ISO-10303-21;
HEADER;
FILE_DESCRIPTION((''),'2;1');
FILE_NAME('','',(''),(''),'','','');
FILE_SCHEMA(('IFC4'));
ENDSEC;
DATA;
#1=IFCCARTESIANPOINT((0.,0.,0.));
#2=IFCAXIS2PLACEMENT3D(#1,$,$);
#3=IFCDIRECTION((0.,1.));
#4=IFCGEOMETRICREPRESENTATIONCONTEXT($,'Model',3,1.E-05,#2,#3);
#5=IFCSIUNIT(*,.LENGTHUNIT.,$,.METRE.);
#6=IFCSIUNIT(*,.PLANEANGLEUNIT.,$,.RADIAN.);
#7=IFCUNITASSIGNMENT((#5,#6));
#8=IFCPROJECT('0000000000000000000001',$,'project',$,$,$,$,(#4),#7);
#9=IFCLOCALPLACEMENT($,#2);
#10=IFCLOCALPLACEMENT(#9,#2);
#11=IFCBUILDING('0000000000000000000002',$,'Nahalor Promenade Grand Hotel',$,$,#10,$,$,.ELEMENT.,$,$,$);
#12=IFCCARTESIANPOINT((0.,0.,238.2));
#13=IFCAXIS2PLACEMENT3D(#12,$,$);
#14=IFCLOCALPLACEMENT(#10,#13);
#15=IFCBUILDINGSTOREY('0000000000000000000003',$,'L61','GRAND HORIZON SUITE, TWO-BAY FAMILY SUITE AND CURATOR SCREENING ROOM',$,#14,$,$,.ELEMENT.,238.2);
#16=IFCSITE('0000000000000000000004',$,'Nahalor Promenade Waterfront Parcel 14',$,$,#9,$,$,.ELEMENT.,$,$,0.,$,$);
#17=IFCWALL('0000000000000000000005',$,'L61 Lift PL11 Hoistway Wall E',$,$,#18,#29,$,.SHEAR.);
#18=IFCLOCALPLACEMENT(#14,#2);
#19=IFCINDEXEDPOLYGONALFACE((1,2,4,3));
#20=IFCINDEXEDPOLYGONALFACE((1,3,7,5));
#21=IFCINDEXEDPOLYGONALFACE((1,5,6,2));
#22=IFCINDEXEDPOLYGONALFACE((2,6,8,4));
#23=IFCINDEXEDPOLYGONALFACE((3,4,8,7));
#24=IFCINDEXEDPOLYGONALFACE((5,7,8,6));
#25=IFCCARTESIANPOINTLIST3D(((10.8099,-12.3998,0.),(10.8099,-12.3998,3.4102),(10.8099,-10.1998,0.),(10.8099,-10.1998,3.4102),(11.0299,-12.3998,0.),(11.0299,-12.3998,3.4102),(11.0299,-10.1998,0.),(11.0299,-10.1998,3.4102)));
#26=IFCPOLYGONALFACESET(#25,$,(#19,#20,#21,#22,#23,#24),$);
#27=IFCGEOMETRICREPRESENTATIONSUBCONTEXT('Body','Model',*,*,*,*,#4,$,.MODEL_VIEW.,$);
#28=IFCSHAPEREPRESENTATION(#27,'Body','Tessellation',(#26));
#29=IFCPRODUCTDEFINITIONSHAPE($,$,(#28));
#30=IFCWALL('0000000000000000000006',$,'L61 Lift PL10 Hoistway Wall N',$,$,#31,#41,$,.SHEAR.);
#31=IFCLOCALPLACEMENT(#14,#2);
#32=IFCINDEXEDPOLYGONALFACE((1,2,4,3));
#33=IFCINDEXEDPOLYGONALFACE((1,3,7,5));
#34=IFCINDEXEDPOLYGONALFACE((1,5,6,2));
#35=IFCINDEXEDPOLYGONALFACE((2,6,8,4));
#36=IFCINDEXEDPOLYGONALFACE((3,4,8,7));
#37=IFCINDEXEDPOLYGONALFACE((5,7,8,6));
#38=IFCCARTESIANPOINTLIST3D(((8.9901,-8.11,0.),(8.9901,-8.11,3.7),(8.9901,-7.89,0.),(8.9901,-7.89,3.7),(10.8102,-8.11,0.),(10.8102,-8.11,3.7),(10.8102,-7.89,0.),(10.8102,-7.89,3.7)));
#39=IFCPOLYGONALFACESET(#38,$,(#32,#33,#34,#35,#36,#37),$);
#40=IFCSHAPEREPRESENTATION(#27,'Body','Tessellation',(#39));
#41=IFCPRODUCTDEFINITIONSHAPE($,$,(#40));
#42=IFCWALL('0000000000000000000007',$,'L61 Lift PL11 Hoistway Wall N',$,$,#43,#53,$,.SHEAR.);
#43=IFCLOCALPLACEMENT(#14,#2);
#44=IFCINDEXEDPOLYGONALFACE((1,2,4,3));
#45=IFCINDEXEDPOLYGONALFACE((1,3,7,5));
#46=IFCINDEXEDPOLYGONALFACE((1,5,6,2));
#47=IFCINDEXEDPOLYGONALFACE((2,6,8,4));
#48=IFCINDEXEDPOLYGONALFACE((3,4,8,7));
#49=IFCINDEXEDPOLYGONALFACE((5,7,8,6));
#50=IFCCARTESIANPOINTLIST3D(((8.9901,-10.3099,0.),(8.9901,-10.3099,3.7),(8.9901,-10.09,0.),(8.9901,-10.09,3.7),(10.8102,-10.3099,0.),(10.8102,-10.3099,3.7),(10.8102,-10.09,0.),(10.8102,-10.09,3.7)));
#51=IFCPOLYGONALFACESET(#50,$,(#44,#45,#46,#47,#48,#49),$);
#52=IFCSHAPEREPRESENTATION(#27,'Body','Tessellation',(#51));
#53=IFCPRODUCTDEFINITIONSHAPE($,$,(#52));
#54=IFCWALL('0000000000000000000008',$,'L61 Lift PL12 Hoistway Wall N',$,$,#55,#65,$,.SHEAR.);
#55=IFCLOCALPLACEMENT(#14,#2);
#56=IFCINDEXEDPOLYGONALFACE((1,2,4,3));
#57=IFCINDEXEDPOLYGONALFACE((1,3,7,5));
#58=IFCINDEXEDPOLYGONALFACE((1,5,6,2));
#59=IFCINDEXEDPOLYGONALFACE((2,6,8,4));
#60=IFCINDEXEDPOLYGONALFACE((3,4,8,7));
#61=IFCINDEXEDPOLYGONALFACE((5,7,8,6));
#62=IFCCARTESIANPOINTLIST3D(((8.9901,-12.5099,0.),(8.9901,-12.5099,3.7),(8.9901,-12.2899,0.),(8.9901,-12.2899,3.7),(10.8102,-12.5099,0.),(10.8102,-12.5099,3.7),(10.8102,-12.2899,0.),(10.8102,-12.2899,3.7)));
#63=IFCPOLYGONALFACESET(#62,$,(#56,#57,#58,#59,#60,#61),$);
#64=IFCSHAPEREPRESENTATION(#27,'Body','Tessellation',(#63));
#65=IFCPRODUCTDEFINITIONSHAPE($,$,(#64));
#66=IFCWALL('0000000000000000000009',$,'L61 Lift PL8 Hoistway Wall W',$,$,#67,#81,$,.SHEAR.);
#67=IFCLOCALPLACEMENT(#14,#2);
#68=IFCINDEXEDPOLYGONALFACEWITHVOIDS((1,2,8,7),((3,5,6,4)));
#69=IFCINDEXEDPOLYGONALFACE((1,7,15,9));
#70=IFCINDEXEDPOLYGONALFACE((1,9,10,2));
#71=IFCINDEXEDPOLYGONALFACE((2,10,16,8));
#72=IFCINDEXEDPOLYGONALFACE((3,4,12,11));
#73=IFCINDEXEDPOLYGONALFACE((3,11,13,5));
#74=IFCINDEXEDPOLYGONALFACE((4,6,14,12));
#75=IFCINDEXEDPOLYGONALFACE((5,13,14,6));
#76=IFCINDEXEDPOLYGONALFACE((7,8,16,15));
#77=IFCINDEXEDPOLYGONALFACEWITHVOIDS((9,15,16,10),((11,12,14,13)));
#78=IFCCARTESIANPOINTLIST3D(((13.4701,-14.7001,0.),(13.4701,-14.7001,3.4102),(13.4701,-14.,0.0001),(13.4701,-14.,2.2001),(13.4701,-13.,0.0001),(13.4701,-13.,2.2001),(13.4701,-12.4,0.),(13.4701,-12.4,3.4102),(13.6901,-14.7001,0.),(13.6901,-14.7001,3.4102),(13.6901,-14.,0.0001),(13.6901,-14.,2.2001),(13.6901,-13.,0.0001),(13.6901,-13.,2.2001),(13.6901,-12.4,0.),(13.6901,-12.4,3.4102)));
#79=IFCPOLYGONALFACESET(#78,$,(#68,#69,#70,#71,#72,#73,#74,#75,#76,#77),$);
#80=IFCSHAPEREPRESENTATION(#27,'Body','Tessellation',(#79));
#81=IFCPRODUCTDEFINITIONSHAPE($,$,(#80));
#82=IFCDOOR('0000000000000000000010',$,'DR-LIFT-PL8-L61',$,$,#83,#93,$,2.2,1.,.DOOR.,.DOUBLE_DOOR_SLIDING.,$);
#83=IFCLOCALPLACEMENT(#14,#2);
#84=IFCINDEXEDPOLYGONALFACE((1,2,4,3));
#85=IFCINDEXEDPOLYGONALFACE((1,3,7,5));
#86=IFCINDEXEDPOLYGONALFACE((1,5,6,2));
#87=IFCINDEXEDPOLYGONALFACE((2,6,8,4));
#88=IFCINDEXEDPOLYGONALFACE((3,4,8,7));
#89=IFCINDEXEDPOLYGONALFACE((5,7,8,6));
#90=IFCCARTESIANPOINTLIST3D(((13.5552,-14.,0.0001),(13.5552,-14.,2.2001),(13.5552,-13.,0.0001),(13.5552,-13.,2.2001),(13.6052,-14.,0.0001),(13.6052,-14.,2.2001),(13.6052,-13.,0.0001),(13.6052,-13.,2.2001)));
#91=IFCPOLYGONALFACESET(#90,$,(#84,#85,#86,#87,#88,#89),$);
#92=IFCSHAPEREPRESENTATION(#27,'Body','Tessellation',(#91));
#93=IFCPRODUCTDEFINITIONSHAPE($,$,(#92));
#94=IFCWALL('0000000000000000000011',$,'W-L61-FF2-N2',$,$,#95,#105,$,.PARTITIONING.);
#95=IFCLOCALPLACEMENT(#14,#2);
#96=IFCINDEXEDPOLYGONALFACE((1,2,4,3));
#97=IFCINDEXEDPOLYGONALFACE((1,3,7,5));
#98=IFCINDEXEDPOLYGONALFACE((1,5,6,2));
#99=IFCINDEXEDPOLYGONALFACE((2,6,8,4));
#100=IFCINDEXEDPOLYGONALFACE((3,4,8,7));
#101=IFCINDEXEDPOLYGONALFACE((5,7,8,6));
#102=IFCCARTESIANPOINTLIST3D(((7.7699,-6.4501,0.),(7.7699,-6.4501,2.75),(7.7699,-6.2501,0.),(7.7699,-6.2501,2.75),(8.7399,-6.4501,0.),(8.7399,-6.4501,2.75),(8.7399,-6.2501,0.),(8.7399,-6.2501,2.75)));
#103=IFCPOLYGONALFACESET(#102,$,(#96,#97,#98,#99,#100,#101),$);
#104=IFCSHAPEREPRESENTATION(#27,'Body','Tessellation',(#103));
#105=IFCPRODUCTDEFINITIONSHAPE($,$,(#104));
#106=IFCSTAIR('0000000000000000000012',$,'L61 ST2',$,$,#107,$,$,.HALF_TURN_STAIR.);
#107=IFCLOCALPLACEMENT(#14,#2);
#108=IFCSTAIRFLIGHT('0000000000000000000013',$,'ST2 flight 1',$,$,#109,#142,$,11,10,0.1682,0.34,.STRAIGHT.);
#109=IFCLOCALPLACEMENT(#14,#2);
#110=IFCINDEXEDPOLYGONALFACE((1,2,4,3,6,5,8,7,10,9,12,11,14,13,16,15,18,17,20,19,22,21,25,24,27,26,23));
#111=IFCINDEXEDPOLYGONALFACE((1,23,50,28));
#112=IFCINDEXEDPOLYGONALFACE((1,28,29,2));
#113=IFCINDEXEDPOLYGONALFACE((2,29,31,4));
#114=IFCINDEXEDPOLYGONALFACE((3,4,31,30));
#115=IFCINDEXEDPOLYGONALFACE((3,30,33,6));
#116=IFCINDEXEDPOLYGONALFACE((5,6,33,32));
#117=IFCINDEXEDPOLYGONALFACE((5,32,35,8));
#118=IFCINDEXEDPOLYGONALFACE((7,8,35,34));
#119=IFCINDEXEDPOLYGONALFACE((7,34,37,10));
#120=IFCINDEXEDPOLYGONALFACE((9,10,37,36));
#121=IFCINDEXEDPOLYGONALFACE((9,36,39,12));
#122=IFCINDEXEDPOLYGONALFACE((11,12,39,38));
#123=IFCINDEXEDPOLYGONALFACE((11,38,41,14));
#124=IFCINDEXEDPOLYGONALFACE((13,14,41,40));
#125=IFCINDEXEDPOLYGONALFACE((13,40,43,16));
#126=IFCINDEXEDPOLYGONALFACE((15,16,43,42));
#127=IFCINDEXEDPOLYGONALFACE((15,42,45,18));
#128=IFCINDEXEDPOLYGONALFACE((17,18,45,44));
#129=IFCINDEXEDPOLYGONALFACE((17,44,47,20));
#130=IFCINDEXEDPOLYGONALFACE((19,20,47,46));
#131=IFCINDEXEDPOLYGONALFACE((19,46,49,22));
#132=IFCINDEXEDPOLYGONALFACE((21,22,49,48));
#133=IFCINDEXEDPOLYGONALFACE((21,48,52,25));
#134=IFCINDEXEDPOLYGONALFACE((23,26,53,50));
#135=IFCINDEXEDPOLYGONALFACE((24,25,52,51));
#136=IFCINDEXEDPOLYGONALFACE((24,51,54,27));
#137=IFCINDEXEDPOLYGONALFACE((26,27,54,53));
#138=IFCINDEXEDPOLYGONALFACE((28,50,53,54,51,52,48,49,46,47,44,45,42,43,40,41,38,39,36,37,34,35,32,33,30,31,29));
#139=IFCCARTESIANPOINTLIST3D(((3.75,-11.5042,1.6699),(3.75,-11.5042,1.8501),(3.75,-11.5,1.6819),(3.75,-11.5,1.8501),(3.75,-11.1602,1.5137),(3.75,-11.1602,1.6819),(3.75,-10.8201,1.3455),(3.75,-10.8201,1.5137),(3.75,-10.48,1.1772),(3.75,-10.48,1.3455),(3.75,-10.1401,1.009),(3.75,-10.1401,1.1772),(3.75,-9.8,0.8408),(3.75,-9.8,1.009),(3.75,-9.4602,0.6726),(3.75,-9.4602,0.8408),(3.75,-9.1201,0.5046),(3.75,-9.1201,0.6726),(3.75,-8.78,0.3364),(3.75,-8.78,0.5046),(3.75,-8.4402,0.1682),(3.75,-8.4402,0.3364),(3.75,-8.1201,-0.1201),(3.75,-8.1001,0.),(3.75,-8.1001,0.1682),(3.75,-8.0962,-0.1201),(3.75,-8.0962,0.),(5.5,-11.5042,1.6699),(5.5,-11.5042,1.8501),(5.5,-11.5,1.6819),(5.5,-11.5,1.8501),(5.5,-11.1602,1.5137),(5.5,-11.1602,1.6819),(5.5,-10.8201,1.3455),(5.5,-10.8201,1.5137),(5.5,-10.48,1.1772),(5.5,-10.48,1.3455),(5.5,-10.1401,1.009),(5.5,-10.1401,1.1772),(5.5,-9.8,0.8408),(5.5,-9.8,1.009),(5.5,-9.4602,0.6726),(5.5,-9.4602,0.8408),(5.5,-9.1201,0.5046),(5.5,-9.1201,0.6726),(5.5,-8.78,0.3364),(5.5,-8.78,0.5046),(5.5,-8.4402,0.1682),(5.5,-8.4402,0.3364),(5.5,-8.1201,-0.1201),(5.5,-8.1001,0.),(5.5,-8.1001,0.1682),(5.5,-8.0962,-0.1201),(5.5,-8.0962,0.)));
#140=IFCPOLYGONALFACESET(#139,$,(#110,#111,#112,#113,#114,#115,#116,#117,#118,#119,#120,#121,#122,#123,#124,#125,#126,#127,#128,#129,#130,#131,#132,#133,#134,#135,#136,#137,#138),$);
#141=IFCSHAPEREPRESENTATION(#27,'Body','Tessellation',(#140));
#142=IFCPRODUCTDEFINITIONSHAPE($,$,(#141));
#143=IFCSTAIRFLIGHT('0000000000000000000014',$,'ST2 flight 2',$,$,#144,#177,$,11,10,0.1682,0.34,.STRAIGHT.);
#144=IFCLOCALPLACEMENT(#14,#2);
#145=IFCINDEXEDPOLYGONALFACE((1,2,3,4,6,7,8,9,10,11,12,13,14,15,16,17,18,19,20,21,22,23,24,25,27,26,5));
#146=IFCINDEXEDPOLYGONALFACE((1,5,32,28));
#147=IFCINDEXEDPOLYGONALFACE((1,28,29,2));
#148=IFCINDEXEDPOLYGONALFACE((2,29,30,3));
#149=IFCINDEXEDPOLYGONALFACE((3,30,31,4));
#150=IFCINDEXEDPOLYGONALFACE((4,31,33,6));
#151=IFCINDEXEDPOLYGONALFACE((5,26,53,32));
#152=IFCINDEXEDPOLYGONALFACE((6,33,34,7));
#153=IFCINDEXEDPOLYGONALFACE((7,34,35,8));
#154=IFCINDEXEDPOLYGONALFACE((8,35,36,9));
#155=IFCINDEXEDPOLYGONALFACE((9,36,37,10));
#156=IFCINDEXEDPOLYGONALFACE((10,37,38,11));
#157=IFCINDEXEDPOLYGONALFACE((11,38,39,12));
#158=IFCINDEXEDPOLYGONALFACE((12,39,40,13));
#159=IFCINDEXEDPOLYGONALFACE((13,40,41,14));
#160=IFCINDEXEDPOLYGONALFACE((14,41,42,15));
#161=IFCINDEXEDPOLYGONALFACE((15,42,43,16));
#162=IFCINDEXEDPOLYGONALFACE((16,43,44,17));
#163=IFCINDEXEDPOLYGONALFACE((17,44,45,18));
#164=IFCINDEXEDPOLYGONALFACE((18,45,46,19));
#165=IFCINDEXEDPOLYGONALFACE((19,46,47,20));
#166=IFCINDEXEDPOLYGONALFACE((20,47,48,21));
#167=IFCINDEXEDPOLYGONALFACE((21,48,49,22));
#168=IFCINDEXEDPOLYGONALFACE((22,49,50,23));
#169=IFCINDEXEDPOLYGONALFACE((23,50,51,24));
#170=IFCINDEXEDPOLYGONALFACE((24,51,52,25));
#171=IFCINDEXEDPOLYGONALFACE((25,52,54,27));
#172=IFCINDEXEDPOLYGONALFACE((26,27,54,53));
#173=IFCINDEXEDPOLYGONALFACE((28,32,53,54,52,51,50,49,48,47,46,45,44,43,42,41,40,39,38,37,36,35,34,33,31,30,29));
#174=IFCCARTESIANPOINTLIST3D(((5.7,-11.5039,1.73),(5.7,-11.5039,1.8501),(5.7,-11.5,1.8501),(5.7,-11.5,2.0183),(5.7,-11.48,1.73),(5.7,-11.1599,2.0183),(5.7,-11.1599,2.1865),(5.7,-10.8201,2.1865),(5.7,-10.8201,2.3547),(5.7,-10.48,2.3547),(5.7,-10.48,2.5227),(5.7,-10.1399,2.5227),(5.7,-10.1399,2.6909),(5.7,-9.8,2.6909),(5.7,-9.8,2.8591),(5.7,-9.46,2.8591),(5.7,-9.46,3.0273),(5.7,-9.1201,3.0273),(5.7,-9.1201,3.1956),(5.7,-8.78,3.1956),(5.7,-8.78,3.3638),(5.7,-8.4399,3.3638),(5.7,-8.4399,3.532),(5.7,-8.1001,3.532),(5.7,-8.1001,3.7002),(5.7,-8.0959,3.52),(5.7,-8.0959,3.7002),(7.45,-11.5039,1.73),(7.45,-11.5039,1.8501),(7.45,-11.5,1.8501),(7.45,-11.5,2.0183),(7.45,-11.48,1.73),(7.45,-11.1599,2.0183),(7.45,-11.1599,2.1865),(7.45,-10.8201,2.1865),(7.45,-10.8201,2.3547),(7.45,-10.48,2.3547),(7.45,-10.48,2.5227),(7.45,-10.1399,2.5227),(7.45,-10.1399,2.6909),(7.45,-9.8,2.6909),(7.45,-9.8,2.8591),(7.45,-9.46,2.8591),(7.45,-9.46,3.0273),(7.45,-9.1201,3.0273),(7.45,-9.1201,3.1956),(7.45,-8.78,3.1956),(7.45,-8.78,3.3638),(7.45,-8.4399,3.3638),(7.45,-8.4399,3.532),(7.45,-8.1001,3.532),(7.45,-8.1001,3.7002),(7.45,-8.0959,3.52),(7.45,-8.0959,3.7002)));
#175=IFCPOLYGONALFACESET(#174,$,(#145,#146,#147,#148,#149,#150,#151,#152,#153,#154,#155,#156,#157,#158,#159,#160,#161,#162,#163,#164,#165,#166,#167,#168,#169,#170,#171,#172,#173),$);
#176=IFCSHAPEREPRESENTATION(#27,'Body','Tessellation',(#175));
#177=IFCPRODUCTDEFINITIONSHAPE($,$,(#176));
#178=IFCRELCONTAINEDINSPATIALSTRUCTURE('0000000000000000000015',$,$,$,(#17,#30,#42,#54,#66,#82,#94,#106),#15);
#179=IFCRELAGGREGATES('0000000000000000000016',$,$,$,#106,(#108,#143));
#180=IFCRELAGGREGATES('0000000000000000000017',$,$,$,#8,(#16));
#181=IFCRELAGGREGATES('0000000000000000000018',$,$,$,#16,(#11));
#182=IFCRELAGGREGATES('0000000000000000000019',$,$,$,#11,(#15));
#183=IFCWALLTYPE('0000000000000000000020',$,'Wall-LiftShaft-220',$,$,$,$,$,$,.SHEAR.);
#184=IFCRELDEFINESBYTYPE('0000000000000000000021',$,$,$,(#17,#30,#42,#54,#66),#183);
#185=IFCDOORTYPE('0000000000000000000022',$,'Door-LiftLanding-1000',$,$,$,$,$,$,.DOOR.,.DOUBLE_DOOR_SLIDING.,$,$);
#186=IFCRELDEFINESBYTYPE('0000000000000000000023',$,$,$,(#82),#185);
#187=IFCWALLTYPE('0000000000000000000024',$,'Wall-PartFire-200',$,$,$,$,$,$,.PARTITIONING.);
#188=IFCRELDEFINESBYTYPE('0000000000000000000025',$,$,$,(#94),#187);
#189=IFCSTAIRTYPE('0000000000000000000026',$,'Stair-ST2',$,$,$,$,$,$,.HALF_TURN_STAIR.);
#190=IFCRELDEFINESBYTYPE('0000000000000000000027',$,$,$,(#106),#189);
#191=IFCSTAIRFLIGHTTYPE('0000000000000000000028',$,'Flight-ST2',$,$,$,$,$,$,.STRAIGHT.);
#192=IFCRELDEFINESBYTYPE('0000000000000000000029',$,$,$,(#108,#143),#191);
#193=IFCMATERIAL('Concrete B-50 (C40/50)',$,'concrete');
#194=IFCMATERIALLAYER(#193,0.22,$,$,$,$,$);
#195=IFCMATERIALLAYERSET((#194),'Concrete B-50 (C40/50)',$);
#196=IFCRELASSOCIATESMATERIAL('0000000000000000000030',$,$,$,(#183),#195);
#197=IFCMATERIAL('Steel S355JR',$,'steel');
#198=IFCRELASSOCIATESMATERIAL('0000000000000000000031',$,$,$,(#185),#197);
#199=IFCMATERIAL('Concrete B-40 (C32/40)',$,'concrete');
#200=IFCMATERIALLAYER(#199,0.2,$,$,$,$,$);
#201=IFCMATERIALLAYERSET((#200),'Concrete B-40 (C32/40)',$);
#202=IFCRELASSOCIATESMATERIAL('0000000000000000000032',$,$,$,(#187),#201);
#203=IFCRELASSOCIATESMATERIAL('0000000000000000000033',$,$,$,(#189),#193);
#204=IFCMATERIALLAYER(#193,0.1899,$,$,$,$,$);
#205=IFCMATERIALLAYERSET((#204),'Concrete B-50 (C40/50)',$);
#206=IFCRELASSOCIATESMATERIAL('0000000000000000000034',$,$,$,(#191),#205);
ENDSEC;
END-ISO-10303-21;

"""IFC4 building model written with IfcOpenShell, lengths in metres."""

from ifc_helpers import new_model, si_unit, direction, frame, frame_2d, origin, place, context, subcontext, project, spatial, polyline, rectangle, outline, extrude, source, transform, mapped, material, layer, layer_set, type_object, element, fill, aggregate, save


model = new_model("IFC4")

# Units and contexts
model_context = context("Model", 3, precision=1e-05, world=origin(), true_north=direction((0.0, 1.0)))
body_context = subcontext(model_context, "Body", "Model", "MODEL_VIEW")
ifc_project = project(units=[si_unit("LENGTHUNIT", "METRE"), si_unit("PLANEANGLEUNIT", "RADIAN")], contexts=[model_context])

# Site, building, storey
site_placement = place(None, origin())
site = spatial("IfcSite", under=ifc_project, at=site_placement, Name="Nahalor Promenade Waterfront Parcel 14", CompositionType="ELEMENT", RefElevation=0.0)
building_placement = place(site_placement, origin())
building = spatial("IfcBuilding", under=site, at=building_placement, Name="Nahalor Promenade Grand Hotel", CompositionType="ELEMENT")
storey_placement = place(building_placement, frame((0.0, 0.0, 238.2)))
storey = spatial("IfcBuildingStorey", under=building, at=storey_placement, Name="L61", Description="GRAND HORIZON SUITE, TWO-BAY FAMILY SUITE AND CURATOR SCREENING ROOM", CompositionType="ELEMENT", Elevation=238.2)

# Shared definitions
ifc_material_1 = material(Name="Steel S355JR", Category="steel")

# Shared definitions
ifc_material_2 = material(Name="Concrete B-50 (C40/50)", Category="concrete")
ifc_layer_1 = layer(ifc_material_2, 0.22)
ifc_layer_set_1 = layer_set([ifc_layer_1], Name="Concrete B-50 (C40/50)")
wall_type_1 = type_object("IfcWallType", Name="Wall-LiftShaft-220", PredefinedType="SHEAR", material=ifc_layer_set_1)

# Shared definitions
shared_shape_1 = source(origin(), body_context, "Body", "SweptSolid", [
    extrude(rectangle(XDim=2.2, YDim=0.22, at=frame_2d((1.1001, 0.0))), origin(), (0.0, 0.0, 1.0), 3.4102),
])
door_type = type_object("IfcDoorType", Name="Door-LiftLanding-1000", OperationType="DOUBLE_DOOR_SLIDING", PredefinedType="DOOR", material=ifc_material_1)
shared_shape_2 = source(origin(), body_context, "Body", "SweptSolid", [
    extrude(rectangle(XDim=1.0, YDim=2.2, at=frame_2d((0.5, 1.1001))), frame((0.0, 0.0249, 0.0), z_axis=(0.0, -1.0, 0.0), x_axis=(1.0, 0.0, 0.0)), (0.0, 0.0, 1.0), 0.05),
])

# Walls
for number, where, z_axis, x_axis, name in (
    (1, (10.9199, -12.3999, 0.0), (0.0, 0.0, 1.0), (0.0, 1.0, 0.0), "L61 Lift PL11 Hoistway Wall E"),
):
    element("IfcWall", number, at=place(storey_placement, frame(where, z_axis=z_axis, x_axis=x_axis)), inside=storey, type_object=wall_type_1, Name=name, PredefinedType="SHEAR", context=body_context, shape_type="MappedRepresentation", body=[
        mapped(shared_shape_1, transform((0.0, 0.0, 0.0), scale=1.0)),
    ])
shared_shape_3 = source(origin(), body_context, "Body", "SweptSolid", [
    extrude(rectangle(XDim=1.8201, YDim=0.22, at=frame_2d((0.9102, 0.0))), origin(), (0.0, 0.0, 1.0), 3.7),
])
for number, where, z_axis, x_axis, name in (
    (2, (8.99, -8.0, 0.0), (0.0, 0.0, 1.0), (1.0, 0.0, 0.0), "L61 Lift PL10 Hoistway Wall N"),
    (3, (8.99, -10.2, 0.0), (0.0, 0.0, 1.0), (1.0, 0.0, 0.0), "L61 Lift PL11 Hoistway Wall N"),
    (4, (8.99, -12.3999, 0.0), (0.0, 0.0, 1.0), (1.0, 0.0, 0.0), "L61 Lift PL12 Hoistway Wall N"),
):
    element("IfcWall", number, at=place(storey_placement, frame(where, z_axis=z_axis, x_axis=x_axis)), inside=storey, type_object=wall_type_1, Name=name, PredefinedType="SHEAR", context=body_context, shape_type="MappedRepresentation", body=[
        mapped(shared_shape_3, transform((0.0, 0.0, 0.0), scale=1.0)),
    ])

# Wall, opening, door
shared_shape_4 = source(origin(), body_context, "Body", "SweptSolid", [
    extrude(rectangle(XDim=2.3, YDim=0.22, at=frame_2d((1.1499, 0.0))), origin(), (0.0, 0.0, 1.0), 3.4102),
])
wall_1_placement = place(storey_placement, frame((13.5801, -14.7, 0.0), z_axis=(0.0, 0.0, 1.0), x_axis=(0.0, 1.0, 0.0)))
wall_1 = element("IfcWall", 5, at=wall_1_placement, inside=storey, type_object=wall_type_1, Name="L61 Lift PL8 Hoistway Wall W", PredefinedType="SHEAR", context=body_context, shape_type="MappedRepresentation", body=[
    mapped(shared_shape_4, transform((0.0, 0.0, 0.0), scale=1.0)),
])
opening_1_placement = place(wall_1_placement, frame((0.7, 0.0, 0.0)))
opening_1 = element("IfcOpeningElement", 6, at=opening_1_placement, cuts=wall_1, PredefinedType="OPENING", context=body_context, shape_type="SweptSolid", body=[
    extrude(rectangle(XDim=1.0, YDim=2.2, at=frame_2d((0.5, 1.1001))), frame((0.0, 0.1199, 0.0), z_axis=(0.0, -1.0, 0.0), x_axis=(1.0, 0.0, 0.0)), (0.0, 0.0, 1.0), 0.24),
])
door_1_placement = place(opening_1_placement, origin())
door_1 = element("IfcDoor", 7, at=door_1_placement, inside=storey, type_object=door_type, Name="DR-LIFT-PL8-L61", OperationType="DOUBLE_DOOR_SLIDING", OverallHeight=2.2, OverallWidth=1.0, PredefinedType="DOOR", context=body_context, shape_type="MappedRepresentation", body=[
    mapped(shared_shape_2, transform((0.0, 0.0, 0.0), scale=1.0)),
])
fill(opening_1, door_1)

# Wall
ifc_material_3 = material(Name="Concrete B-40 (C32/40)", Category="concrete")
ifc_layer_2 = layer(ifc_material_3, 0.2)
ifc_layer_set_2 = layer_set([ifc_layer_2], Name="Concrete B-40 (C32/40)")
wall_type_2 = type_object("IfcWallType", Name="Wall-PartFire-200", PredefinedType="PARTITIONING", material=ifc_layer_set_2)
shared_shape_5 = source(origin(), body_context, "Body", "SweptSolid", [
    extrude(rectangle(XDim=0.97, YDim=0.2, at=frame_2d((0.4849, 0.0))), origin(), (0.0, 0.0, 1.0), 2.75),
])
wall_2_placement = place(storey_placement, frame((7.77, -6.3501, 0.0), z_axis=(0.0, 0.0, 1.0), x_axis=(1.0, 0.0, 0.0)))
element("IfcWall", 8, at=wall_2_placement, inside=storey, type_object=wall_type_2, Name="W-L61-FF2-N2", PredefinedType="PARTITIONING", context=body_context, shape_type="MappedRepresentation", body=[
    mapped(shared_shape_5, transform((0.0, 0.0, 0.0), scale=1.0)),
])

# Stair, stair flights
stair_type = type_object("IfcStairType", Name="Stair-ST2", PredefinedType="HALF_TURN_STAIR", material=ifc_material_2)
stair_placement = place(storey_placement, origin())
stair = element("IfcStair", 9, at=stair_placement, inside=storey, type_object=stair_type, Name="L61 ST2", PredefinedType="HALF_TURN_STAIR")
ifc_layer_3 = layer(ifc_material_2, 0.1899)
ifc_layer_set_3 = layer_set([ifc_layer_3], Name="Concrete B-50 (C40/50)")
stair_flight_type = type_object("IfcStairFlightType", Name="Flight-ST2", PredefinedType="STRAIGHT", material=ifc_layer_set_3)
shared_shape_6 = source(origin(), body_context, "Body", "SweptSolid", [
    extrude(outline(polyline([(-0.0039, -0.1201), (-0.0039, 0.0), (0.0, 0.0), (0.0, 0.1682), (0.3401, 0.1682), (0.3401, 0.3364), (0.6799, 0.3364), (0.6799, 0.5046), (1.02, 0.5046), (1.02, 0.6726), (1.3601, 0.6726), (1.3601, 0.8408), (1.7, 0.8408), (1.7, 1.009), (2.04, 1.009), (2.04, 1.1772), (2.3799, 1.1772), (2.3799, 1.3455), (2.72, 1.3455), (2.72, 1.5137), (3.0601, 1.5137), (3.0601, 1.6819), (3.3999, 1.6819), (3.3999, 1.8501), (3.4041, 1.8501), (3.4041, 1.6699), (0.02, -0.1201), (-0.0039, -0.1201)])), frame((0.0, 0.875, 0.0), z_axis=(0.0, -1.0, 0.0), x_axis=(1.0, 0.0, 0.0)), (0.0, 0.0, 1.0), 1.75),
])
stair_flight_1_placement = place(storey_placement, frame((4.625, -8.1001, 0.0), z_axis=(0.0, 0.0, 1.0), x_axis=(0.0, -1.0, 0.0)))
stair_flight_1 = element("IfcStairFlight", 10, at=stair_flight_1_placement, type_object=stair_flight_type, Name="ST2 flight 1", NumberOfRisers=11, NumberOfTreads=10, PredefinedType="STRAIGHT", RiserHeight=0.1682, TreadLength=0.34, context=body_context, shape_type="MappedRepresentation", body=[
    mapped(shared_shape_6, transform((0.0, 0.0, 0.0), scale=1.0)),
])
stair_flight_2_placement = place(storey_placement, frame((6.575, -11.5, 1.8501), z_axis=(0.0, 0.0, 1.0), x_axis=(0.0, 1.0, 0.0)))
stair_flight_2 = element("IfcStairFlight", 11, at=stair_flight_2_placement, type_object=stair_flight_type, Name="ST2 flight 2", NumberOfRisers=11, NumberOfTreads=10, PredefinedType="STRAIGHT", RiserHeight=0.1682, TreadLength=0.34, context=body_context, shape_type="MappedRepresentation", body=[
    mapped(shared_shape_6, transform((0.0, 0.0, 0.0), scale=1.0)),
])
aggregate(stair, [stair_flight_1, stair_flight_2])

save(model, "model.ifc")
